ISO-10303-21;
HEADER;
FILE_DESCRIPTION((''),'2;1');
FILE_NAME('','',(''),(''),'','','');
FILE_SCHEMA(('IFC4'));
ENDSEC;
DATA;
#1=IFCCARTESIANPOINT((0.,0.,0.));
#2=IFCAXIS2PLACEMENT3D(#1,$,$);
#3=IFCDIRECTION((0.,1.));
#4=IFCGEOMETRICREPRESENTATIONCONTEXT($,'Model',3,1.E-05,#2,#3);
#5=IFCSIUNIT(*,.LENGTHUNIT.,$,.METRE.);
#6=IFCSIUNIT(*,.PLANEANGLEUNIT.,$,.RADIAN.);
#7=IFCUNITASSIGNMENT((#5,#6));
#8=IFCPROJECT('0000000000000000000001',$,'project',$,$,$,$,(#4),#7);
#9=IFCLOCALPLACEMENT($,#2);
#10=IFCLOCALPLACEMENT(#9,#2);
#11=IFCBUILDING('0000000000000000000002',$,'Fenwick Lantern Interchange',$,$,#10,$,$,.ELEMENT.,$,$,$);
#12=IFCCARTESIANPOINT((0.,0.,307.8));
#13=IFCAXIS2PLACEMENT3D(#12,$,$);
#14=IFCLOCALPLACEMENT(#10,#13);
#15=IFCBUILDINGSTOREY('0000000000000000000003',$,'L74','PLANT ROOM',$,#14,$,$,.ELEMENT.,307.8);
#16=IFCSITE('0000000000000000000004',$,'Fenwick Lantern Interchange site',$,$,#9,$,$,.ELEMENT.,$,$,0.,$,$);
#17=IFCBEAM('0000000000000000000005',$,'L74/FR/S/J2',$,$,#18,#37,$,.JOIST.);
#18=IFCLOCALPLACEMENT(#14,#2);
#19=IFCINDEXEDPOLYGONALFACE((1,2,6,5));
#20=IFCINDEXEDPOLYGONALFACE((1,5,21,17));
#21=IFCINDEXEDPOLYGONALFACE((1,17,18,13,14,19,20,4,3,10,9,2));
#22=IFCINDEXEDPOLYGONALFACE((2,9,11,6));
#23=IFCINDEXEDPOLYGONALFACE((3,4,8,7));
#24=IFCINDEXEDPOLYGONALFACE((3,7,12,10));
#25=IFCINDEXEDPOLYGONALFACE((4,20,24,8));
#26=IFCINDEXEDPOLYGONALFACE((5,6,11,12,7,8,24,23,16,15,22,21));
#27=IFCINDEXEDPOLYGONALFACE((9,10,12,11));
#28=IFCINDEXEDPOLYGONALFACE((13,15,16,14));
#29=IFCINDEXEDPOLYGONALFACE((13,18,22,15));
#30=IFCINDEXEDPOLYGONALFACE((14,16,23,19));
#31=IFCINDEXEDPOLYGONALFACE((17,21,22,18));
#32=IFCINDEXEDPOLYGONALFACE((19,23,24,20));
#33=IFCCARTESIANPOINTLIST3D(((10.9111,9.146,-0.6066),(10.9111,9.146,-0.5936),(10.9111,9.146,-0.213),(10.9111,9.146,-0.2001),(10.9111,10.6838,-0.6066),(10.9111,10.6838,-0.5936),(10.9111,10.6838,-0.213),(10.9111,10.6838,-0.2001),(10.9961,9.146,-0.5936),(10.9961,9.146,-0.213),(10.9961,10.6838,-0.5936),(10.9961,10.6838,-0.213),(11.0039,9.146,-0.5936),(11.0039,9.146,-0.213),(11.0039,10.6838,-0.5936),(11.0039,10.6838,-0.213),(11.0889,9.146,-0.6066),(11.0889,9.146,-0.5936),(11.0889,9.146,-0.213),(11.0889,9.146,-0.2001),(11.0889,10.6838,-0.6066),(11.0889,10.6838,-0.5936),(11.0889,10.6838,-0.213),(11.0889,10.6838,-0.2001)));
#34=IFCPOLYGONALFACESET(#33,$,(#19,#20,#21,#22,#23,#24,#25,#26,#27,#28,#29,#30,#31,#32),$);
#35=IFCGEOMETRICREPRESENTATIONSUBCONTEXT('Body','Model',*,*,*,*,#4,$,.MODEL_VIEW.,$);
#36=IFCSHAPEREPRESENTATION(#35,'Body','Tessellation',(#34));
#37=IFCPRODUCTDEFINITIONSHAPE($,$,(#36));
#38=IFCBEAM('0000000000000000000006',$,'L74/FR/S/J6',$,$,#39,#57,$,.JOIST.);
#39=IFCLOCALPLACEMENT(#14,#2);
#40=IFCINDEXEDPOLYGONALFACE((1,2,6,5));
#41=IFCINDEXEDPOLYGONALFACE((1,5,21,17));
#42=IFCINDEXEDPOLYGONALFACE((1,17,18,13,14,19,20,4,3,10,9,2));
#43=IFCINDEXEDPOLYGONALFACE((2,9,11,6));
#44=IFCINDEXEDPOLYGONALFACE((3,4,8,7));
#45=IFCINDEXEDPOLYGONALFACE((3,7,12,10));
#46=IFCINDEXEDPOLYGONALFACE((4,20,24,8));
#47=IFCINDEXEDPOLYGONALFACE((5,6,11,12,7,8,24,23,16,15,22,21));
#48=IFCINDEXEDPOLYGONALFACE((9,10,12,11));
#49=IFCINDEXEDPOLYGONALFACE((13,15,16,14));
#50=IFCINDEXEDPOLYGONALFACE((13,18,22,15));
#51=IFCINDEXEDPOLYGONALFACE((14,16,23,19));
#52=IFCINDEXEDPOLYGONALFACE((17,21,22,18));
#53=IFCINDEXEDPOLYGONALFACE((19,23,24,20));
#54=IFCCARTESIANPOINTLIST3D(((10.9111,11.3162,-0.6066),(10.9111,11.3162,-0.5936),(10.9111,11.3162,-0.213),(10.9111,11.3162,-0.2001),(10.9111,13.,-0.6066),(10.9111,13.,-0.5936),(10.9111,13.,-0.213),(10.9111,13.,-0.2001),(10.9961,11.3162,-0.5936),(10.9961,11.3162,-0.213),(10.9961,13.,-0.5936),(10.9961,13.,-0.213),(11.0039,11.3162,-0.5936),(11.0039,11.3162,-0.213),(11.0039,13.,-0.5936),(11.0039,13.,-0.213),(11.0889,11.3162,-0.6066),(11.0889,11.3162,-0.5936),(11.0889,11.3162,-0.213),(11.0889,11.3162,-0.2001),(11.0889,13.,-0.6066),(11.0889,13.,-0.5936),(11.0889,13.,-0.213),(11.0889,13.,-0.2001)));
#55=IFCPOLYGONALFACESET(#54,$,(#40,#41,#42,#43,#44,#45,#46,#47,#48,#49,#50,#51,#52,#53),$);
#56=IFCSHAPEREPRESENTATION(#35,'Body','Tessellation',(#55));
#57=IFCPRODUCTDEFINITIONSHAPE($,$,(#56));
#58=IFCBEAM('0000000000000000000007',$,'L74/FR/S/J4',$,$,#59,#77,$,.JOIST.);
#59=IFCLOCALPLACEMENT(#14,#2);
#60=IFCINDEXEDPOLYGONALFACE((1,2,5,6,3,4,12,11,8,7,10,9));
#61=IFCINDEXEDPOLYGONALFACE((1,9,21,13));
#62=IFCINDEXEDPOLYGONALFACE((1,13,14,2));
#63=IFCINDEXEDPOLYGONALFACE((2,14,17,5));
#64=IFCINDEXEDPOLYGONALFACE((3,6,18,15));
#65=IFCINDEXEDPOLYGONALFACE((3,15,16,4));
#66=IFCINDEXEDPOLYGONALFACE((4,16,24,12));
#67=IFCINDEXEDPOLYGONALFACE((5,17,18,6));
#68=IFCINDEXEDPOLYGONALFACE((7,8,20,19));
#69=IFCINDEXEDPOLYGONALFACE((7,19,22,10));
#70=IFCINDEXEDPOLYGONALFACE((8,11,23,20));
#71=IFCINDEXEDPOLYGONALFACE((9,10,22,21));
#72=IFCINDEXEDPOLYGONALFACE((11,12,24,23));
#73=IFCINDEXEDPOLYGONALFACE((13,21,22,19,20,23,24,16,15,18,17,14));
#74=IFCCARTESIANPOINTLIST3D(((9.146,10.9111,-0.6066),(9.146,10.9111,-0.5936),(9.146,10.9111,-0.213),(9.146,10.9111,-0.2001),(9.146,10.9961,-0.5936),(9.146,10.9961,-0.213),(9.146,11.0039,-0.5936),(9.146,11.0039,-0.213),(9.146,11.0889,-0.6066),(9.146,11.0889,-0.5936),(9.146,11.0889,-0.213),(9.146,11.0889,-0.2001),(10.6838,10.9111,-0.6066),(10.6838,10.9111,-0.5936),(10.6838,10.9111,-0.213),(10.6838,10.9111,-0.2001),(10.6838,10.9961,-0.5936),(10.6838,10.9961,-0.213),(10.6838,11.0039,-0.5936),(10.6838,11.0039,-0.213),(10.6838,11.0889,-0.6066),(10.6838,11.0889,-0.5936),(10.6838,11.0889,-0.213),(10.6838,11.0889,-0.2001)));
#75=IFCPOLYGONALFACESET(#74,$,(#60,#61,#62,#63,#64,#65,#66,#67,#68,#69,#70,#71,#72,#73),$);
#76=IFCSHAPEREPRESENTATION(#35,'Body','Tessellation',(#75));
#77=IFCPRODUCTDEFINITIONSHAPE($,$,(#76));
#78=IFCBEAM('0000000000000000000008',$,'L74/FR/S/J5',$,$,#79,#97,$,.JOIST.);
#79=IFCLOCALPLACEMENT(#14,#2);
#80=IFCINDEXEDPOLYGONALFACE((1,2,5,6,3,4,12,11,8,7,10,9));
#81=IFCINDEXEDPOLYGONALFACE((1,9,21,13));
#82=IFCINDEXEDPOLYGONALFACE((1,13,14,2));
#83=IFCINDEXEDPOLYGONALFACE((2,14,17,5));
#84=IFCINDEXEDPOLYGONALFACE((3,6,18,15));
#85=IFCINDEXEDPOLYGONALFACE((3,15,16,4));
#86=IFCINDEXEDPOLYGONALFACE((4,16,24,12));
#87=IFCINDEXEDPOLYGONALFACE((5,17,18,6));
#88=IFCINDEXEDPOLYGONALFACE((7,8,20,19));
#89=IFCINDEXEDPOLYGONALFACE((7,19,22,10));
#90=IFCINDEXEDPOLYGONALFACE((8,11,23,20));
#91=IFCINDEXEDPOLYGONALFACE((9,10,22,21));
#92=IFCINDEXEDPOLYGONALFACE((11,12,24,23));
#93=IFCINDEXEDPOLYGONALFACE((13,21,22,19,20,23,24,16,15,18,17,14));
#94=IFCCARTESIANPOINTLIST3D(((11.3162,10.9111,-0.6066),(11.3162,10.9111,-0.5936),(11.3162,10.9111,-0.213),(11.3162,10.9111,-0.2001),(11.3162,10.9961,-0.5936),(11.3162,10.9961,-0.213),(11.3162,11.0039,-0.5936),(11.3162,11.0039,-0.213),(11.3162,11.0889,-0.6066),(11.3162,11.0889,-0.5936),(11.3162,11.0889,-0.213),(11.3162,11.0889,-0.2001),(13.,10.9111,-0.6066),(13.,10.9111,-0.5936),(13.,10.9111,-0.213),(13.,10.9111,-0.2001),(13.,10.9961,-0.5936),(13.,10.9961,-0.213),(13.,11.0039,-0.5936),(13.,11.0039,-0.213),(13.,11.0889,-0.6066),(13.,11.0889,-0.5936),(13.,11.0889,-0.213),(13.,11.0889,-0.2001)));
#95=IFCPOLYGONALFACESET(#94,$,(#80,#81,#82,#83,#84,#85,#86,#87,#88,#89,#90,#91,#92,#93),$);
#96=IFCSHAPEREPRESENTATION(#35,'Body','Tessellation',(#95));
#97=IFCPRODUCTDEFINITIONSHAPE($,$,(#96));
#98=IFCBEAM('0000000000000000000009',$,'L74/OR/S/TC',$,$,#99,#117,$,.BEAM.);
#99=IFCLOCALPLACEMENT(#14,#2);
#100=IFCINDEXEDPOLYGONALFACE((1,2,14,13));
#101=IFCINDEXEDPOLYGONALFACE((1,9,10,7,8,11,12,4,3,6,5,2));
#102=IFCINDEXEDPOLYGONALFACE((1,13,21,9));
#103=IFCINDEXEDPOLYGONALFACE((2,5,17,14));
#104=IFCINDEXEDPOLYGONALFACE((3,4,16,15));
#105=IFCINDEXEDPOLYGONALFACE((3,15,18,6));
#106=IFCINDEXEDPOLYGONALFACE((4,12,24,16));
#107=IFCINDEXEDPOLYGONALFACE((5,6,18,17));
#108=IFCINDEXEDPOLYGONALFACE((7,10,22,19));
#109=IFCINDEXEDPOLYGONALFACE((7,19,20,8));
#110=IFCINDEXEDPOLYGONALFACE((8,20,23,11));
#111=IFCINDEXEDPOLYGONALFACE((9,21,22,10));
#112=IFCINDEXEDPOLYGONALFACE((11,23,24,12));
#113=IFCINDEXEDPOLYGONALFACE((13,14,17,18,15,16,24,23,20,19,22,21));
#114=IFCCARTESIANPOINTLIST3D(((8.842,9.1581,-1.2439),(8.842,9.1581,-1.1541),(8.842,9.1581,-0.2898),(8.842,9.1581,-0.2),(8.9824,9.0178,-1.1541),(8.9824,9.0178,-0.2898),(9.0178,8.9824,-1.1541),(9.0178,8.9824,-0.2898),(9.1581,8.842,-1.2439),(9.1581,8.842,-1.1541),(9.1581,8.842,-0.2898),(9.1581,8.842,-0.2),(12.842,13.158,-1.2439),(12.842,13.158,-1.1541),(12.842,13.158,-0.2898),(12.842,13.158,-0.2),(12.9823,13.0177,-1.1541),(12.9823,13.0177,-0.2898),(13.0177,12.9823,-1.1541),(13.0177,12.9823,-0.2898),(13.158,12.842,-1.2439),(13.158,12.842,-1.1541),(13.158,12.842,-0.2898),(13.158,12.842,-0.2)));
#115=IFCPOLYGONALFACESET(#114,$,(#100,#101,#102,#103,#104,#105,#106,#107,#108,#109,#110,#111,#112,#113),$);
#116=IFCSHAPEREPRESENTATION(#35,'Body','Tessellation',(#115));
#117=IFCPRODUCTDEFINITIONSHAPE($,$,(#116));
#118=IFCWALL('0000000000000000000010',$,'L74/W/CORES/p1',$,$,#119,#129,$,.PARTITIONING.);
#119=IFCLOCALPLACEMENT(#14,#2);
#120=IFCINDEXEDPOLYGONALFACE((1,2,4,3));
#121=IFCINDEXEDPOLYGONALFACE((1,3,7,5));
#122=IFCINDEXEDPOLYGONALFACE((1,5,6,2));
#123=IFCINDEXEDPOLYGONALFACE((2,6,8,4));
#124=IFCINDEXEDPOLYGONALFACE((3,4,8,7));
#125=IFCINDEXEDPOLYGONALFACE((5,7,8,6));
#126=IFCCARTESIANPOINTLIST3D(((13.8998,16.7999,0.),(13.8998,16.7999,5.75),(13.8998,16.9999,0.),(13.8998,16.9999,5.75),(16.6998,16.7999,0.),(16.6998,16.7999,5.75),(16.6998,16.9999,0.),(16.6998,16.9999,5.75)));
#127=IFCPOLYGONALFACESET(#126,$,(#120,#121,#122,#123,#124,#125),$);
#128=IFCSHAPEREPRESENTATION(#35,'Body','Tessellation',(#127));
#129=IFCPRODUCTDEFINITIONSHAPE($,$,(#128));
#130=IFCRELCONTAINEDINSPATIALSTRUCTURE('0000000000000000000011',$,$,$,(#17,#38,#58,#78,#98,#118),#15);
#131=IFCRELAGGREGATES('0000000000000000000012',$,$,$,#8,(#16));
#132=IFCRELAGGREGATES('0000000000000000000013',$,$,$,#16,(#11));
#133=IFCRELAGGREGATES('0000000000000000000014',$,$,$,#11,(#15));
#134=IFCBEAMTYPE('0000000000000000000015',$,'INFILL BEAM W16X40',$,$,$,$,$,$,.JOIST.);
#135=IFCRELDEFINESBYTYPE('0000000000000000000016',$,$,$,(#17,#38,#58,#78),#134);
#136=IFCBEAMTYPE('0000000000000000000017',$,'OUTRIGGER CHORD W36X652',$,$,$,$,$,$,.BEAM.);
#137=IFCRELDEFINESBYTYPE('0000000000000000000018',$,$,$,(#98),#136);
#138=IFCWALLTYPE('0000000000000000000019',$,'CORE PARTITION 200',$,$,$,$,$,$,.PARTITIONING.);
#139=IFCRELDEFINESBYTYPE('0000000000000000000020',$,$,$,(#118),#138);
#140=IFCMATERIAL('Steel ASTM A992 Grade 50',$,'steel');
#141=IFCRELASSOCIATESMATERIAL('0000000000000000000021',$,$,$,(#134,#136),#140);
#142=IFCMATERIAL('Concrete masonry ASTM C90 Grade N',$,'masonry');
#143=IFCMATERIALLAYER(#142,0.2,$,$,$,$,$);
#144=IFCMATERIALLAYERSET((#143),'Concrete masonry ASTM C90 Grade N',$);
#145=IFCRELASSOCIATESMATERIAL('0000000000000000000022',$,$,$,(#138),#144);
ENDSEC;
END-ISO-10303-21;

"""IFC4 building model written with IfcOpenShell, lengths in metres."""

from ifc_helpers import new_model, si_unit, direction, frame, frame_2d, origin, origin_2d, place, context, subcontext, project, spatial, rectangle, i_section, extrude, material, layer, layer_set, material_profile, profile_set, type_object, element, save


model = new_model("IFC4")

# Units and contexts
model_context = context("Model", 3, precision=1e-05, world=origin(), true_north=direction((0.0, 1.0)))
body_context = subcontext(model_context, "Body", "Model", "MODEL_VIEW")
ifc_project = project(units=[si_unit("LENGTHUNIT", "METRE"), si_unit("PLANEANGLEUNIT", "RADIAN")], contexts=[model_context])

# Site, building, storey
site_placement = place(None, origin())
site = spatial("IfcSite", under=ifc_project, at=site_placement, Name="Fenwick Lantern Interchange site", CompositionType="ELEMENT", RefElevation=0.0)
building_placement = place(site_placement, origin())
building = spatial("IfcBuilding", under=site, at=building_placement, Name="Fenwick Lantern Interchange", CompositionType="ELEMENT")
storey_placement = place(building_placement, frame((0.0, 0.0, 307.8)))
storey = spatial("IfcBuildingStorey", under=building, at=storey_placement, Name="L74", Description="PLANT ROOM", CompositionType="ELEMENT", Elevation=307.8)

# Beams
ifc_material_1 = material(Name="Steel ASTM A992 Grade 50", Category="steel")
ifc_material_profile_1 = material_profile(ifc_material_1, i_section(OverallWidth=0.1777, OverallDepth=0.4065, WebThickness=0.0078, FlangeThickness=0.0129, at=origin_2d()), Name="W16X40")
ifc_profile_set_1 = profile_set([ifc_material_profile_1], Name="Steel ASTM A992 Grade 50")
beam_type_1 = type_object("IfcBeamType", Name="INFILL BEAM W16X40", PredefinedType="JOIST", material=ifc_profile_set_1)
beam_1_placement = place(storey_placement, frame((11.0, 9.146, -0.4033), z_axis=(0.0, 1.0, 0.0), x_axis=(-1.0, 0.0, 0.0)))
element("IfcBeam", 1, at=beam_1_placement, inside=storey, type_object=beam_type_1, Name="L74/FR/S/J2", PredefinedType="JOIST", context=body_context, shape_type="SweptSolid", body=[
    extrude(i_section(OverallWidth=0.1777, OverallDepth=0.4065, WebThickness=0.0078, FlangeThickness=0.0129, at=origin_2d()), origin(), (0.0, 0.0, 1.0), 1.5378),
])
beam_2_placement = place(storey_placement, frame((11.0, 11.3162, -0.4033), z_axis=(0.0, 1.0, 0.0), x_axis=(-1.0, 0.0, 0.0)))
element("IfcBeam", 2, at=beam_2_placement, inside=storey, type_object=beam_type_1, Name="L74/FR/S/J6", PredefinedType="JOIST", context=body_context, shape_type="SweptSolid", body=[
    extrude(i_section(OverallWidth=0.1777, OverallDepth=0.4065, WebThickness=0.0078, FlangeThickness=0.0129, at=origin_2d()), origin(), (0.0, 0.0, 1.0), 1.6838),
])
beam_3_placement = place(storey_placement, frame((9.146, 11.0, -0.4033), z_axis=(1.0, 0.0, 0.0), x_axis=(0.0, 1.0, 0.0)))
element("IfcBeam", 3, at=beam_3_placement, inside=storey, type_object=beam_type_1, Name="L74/FR/S/J4", PredefinedType="JOIST", context=body_context, shape_type="SweptSolid", body=[
    extrude(i_section(OverallWidth=0.1777, OverallDepth=0.4065, WebThickness=0.0078, FlangeThickness=0.0129, at=origin_2d()), origin(), (0.0, 0.0, 1.0), 1.5378),
])
beam_4_placement = place(storey_placement, frame((11.3162, 11.0, -0.4033), z_axis=(1.0, 0.0, 0.0), x_axis=(0.0, 1.0, 0.0)))
element("IfcBeam", 4, at=beam_4_placement, inside=storey, type_object=beam_type_1, Name="L74/FR/S/J5", PredefinedType="JOIST", context=body_context, shape_type="SweptSolid", body=[
    extrude(i_section(OverallWidth=0.1777, OverallDepth=0.4065, WebThickness=0.0078, FlangeThickness=0.0129, at=origin_2d()), origin(), (0.0, 0.0, 1.0), 1.6838),
])
ifc_material_profile_2 = material_profile(ifc_material_1, i_section(OverallWidth=0.447, OverallDepth=1.0439, WebThickness=0.05, FlangeThickness=0.0898, at=origin_2d()), Name="W36X652")
ifc_profile_set_2 = profile_set([ifc_material_profile_2], Name="Steel ASTM A992 Grade 50")
beam_type_2 = type_object("IfcBeamType", Name="OUTRIGGER CHORD W36X652", PredefinedType="BEAM", material=ifc_profile_set_2)
beam_5_placement = place(storey_placement, frame((13.0, 13.0, -0.7219), z_axis=(-0.707107, -0.707107, 0.0), x_axis=(0.707107, -0.707107, 0.0)))
element("IfcBeam", 5, at=beam_5_placement, inside=storey, type_object=beam_type_2, Name="L74/OR/S/TC", PredefinedType="BEAM", context=body_context, shape_type="SweptSolid", body=[
    extrude(i_section(OverallWidth=0.447, OverallDepth=1.0439, WebThickness=0.05, FlangeThickness=0.0898, at=origin_2d()), origin(), (0.0, 0.0, 1.0), 5.6567),
])

# Wall
ifc_material_2 = material(Name="Concrete masonry ASTM C90 Grade N", Category="masonry")
ifc_layer_1 = layer(ifc_material_2, 0.2)
ifc_layer_set_1 = layer_set([ifc_layer_1], Name="Concrete masonry ASTM C90 Grade N")
wall_type_1 = type_object("IfcWallType", Name="CORE PARTITION 200", PredefinedType="PARTITIONING", material=ifc_layer_set_1)
wall_1_placement = place(storey_placement, frame((13.8999, 16.8999, 0.0), z_axis=(0.0, 0.0, 1.0), x_axis=(1.0, 0.0, 0.0)))
element("IfcWall", 6, at=wall_1_placement, inside=storey, type_object=wall_type_1, Name="L74/W/CORES/p1", PredefinedType="PARTITIONING", context=body_context, shape_type="SweptSolid", body=[
    extrude(rectangle(XDim=2.8, YDim=0.2, at=frame_2d((1.3999, 0.0))), origin(), (0.0, 0.0, 1.0), 5.75),
])

save(model, "model.ifc")
